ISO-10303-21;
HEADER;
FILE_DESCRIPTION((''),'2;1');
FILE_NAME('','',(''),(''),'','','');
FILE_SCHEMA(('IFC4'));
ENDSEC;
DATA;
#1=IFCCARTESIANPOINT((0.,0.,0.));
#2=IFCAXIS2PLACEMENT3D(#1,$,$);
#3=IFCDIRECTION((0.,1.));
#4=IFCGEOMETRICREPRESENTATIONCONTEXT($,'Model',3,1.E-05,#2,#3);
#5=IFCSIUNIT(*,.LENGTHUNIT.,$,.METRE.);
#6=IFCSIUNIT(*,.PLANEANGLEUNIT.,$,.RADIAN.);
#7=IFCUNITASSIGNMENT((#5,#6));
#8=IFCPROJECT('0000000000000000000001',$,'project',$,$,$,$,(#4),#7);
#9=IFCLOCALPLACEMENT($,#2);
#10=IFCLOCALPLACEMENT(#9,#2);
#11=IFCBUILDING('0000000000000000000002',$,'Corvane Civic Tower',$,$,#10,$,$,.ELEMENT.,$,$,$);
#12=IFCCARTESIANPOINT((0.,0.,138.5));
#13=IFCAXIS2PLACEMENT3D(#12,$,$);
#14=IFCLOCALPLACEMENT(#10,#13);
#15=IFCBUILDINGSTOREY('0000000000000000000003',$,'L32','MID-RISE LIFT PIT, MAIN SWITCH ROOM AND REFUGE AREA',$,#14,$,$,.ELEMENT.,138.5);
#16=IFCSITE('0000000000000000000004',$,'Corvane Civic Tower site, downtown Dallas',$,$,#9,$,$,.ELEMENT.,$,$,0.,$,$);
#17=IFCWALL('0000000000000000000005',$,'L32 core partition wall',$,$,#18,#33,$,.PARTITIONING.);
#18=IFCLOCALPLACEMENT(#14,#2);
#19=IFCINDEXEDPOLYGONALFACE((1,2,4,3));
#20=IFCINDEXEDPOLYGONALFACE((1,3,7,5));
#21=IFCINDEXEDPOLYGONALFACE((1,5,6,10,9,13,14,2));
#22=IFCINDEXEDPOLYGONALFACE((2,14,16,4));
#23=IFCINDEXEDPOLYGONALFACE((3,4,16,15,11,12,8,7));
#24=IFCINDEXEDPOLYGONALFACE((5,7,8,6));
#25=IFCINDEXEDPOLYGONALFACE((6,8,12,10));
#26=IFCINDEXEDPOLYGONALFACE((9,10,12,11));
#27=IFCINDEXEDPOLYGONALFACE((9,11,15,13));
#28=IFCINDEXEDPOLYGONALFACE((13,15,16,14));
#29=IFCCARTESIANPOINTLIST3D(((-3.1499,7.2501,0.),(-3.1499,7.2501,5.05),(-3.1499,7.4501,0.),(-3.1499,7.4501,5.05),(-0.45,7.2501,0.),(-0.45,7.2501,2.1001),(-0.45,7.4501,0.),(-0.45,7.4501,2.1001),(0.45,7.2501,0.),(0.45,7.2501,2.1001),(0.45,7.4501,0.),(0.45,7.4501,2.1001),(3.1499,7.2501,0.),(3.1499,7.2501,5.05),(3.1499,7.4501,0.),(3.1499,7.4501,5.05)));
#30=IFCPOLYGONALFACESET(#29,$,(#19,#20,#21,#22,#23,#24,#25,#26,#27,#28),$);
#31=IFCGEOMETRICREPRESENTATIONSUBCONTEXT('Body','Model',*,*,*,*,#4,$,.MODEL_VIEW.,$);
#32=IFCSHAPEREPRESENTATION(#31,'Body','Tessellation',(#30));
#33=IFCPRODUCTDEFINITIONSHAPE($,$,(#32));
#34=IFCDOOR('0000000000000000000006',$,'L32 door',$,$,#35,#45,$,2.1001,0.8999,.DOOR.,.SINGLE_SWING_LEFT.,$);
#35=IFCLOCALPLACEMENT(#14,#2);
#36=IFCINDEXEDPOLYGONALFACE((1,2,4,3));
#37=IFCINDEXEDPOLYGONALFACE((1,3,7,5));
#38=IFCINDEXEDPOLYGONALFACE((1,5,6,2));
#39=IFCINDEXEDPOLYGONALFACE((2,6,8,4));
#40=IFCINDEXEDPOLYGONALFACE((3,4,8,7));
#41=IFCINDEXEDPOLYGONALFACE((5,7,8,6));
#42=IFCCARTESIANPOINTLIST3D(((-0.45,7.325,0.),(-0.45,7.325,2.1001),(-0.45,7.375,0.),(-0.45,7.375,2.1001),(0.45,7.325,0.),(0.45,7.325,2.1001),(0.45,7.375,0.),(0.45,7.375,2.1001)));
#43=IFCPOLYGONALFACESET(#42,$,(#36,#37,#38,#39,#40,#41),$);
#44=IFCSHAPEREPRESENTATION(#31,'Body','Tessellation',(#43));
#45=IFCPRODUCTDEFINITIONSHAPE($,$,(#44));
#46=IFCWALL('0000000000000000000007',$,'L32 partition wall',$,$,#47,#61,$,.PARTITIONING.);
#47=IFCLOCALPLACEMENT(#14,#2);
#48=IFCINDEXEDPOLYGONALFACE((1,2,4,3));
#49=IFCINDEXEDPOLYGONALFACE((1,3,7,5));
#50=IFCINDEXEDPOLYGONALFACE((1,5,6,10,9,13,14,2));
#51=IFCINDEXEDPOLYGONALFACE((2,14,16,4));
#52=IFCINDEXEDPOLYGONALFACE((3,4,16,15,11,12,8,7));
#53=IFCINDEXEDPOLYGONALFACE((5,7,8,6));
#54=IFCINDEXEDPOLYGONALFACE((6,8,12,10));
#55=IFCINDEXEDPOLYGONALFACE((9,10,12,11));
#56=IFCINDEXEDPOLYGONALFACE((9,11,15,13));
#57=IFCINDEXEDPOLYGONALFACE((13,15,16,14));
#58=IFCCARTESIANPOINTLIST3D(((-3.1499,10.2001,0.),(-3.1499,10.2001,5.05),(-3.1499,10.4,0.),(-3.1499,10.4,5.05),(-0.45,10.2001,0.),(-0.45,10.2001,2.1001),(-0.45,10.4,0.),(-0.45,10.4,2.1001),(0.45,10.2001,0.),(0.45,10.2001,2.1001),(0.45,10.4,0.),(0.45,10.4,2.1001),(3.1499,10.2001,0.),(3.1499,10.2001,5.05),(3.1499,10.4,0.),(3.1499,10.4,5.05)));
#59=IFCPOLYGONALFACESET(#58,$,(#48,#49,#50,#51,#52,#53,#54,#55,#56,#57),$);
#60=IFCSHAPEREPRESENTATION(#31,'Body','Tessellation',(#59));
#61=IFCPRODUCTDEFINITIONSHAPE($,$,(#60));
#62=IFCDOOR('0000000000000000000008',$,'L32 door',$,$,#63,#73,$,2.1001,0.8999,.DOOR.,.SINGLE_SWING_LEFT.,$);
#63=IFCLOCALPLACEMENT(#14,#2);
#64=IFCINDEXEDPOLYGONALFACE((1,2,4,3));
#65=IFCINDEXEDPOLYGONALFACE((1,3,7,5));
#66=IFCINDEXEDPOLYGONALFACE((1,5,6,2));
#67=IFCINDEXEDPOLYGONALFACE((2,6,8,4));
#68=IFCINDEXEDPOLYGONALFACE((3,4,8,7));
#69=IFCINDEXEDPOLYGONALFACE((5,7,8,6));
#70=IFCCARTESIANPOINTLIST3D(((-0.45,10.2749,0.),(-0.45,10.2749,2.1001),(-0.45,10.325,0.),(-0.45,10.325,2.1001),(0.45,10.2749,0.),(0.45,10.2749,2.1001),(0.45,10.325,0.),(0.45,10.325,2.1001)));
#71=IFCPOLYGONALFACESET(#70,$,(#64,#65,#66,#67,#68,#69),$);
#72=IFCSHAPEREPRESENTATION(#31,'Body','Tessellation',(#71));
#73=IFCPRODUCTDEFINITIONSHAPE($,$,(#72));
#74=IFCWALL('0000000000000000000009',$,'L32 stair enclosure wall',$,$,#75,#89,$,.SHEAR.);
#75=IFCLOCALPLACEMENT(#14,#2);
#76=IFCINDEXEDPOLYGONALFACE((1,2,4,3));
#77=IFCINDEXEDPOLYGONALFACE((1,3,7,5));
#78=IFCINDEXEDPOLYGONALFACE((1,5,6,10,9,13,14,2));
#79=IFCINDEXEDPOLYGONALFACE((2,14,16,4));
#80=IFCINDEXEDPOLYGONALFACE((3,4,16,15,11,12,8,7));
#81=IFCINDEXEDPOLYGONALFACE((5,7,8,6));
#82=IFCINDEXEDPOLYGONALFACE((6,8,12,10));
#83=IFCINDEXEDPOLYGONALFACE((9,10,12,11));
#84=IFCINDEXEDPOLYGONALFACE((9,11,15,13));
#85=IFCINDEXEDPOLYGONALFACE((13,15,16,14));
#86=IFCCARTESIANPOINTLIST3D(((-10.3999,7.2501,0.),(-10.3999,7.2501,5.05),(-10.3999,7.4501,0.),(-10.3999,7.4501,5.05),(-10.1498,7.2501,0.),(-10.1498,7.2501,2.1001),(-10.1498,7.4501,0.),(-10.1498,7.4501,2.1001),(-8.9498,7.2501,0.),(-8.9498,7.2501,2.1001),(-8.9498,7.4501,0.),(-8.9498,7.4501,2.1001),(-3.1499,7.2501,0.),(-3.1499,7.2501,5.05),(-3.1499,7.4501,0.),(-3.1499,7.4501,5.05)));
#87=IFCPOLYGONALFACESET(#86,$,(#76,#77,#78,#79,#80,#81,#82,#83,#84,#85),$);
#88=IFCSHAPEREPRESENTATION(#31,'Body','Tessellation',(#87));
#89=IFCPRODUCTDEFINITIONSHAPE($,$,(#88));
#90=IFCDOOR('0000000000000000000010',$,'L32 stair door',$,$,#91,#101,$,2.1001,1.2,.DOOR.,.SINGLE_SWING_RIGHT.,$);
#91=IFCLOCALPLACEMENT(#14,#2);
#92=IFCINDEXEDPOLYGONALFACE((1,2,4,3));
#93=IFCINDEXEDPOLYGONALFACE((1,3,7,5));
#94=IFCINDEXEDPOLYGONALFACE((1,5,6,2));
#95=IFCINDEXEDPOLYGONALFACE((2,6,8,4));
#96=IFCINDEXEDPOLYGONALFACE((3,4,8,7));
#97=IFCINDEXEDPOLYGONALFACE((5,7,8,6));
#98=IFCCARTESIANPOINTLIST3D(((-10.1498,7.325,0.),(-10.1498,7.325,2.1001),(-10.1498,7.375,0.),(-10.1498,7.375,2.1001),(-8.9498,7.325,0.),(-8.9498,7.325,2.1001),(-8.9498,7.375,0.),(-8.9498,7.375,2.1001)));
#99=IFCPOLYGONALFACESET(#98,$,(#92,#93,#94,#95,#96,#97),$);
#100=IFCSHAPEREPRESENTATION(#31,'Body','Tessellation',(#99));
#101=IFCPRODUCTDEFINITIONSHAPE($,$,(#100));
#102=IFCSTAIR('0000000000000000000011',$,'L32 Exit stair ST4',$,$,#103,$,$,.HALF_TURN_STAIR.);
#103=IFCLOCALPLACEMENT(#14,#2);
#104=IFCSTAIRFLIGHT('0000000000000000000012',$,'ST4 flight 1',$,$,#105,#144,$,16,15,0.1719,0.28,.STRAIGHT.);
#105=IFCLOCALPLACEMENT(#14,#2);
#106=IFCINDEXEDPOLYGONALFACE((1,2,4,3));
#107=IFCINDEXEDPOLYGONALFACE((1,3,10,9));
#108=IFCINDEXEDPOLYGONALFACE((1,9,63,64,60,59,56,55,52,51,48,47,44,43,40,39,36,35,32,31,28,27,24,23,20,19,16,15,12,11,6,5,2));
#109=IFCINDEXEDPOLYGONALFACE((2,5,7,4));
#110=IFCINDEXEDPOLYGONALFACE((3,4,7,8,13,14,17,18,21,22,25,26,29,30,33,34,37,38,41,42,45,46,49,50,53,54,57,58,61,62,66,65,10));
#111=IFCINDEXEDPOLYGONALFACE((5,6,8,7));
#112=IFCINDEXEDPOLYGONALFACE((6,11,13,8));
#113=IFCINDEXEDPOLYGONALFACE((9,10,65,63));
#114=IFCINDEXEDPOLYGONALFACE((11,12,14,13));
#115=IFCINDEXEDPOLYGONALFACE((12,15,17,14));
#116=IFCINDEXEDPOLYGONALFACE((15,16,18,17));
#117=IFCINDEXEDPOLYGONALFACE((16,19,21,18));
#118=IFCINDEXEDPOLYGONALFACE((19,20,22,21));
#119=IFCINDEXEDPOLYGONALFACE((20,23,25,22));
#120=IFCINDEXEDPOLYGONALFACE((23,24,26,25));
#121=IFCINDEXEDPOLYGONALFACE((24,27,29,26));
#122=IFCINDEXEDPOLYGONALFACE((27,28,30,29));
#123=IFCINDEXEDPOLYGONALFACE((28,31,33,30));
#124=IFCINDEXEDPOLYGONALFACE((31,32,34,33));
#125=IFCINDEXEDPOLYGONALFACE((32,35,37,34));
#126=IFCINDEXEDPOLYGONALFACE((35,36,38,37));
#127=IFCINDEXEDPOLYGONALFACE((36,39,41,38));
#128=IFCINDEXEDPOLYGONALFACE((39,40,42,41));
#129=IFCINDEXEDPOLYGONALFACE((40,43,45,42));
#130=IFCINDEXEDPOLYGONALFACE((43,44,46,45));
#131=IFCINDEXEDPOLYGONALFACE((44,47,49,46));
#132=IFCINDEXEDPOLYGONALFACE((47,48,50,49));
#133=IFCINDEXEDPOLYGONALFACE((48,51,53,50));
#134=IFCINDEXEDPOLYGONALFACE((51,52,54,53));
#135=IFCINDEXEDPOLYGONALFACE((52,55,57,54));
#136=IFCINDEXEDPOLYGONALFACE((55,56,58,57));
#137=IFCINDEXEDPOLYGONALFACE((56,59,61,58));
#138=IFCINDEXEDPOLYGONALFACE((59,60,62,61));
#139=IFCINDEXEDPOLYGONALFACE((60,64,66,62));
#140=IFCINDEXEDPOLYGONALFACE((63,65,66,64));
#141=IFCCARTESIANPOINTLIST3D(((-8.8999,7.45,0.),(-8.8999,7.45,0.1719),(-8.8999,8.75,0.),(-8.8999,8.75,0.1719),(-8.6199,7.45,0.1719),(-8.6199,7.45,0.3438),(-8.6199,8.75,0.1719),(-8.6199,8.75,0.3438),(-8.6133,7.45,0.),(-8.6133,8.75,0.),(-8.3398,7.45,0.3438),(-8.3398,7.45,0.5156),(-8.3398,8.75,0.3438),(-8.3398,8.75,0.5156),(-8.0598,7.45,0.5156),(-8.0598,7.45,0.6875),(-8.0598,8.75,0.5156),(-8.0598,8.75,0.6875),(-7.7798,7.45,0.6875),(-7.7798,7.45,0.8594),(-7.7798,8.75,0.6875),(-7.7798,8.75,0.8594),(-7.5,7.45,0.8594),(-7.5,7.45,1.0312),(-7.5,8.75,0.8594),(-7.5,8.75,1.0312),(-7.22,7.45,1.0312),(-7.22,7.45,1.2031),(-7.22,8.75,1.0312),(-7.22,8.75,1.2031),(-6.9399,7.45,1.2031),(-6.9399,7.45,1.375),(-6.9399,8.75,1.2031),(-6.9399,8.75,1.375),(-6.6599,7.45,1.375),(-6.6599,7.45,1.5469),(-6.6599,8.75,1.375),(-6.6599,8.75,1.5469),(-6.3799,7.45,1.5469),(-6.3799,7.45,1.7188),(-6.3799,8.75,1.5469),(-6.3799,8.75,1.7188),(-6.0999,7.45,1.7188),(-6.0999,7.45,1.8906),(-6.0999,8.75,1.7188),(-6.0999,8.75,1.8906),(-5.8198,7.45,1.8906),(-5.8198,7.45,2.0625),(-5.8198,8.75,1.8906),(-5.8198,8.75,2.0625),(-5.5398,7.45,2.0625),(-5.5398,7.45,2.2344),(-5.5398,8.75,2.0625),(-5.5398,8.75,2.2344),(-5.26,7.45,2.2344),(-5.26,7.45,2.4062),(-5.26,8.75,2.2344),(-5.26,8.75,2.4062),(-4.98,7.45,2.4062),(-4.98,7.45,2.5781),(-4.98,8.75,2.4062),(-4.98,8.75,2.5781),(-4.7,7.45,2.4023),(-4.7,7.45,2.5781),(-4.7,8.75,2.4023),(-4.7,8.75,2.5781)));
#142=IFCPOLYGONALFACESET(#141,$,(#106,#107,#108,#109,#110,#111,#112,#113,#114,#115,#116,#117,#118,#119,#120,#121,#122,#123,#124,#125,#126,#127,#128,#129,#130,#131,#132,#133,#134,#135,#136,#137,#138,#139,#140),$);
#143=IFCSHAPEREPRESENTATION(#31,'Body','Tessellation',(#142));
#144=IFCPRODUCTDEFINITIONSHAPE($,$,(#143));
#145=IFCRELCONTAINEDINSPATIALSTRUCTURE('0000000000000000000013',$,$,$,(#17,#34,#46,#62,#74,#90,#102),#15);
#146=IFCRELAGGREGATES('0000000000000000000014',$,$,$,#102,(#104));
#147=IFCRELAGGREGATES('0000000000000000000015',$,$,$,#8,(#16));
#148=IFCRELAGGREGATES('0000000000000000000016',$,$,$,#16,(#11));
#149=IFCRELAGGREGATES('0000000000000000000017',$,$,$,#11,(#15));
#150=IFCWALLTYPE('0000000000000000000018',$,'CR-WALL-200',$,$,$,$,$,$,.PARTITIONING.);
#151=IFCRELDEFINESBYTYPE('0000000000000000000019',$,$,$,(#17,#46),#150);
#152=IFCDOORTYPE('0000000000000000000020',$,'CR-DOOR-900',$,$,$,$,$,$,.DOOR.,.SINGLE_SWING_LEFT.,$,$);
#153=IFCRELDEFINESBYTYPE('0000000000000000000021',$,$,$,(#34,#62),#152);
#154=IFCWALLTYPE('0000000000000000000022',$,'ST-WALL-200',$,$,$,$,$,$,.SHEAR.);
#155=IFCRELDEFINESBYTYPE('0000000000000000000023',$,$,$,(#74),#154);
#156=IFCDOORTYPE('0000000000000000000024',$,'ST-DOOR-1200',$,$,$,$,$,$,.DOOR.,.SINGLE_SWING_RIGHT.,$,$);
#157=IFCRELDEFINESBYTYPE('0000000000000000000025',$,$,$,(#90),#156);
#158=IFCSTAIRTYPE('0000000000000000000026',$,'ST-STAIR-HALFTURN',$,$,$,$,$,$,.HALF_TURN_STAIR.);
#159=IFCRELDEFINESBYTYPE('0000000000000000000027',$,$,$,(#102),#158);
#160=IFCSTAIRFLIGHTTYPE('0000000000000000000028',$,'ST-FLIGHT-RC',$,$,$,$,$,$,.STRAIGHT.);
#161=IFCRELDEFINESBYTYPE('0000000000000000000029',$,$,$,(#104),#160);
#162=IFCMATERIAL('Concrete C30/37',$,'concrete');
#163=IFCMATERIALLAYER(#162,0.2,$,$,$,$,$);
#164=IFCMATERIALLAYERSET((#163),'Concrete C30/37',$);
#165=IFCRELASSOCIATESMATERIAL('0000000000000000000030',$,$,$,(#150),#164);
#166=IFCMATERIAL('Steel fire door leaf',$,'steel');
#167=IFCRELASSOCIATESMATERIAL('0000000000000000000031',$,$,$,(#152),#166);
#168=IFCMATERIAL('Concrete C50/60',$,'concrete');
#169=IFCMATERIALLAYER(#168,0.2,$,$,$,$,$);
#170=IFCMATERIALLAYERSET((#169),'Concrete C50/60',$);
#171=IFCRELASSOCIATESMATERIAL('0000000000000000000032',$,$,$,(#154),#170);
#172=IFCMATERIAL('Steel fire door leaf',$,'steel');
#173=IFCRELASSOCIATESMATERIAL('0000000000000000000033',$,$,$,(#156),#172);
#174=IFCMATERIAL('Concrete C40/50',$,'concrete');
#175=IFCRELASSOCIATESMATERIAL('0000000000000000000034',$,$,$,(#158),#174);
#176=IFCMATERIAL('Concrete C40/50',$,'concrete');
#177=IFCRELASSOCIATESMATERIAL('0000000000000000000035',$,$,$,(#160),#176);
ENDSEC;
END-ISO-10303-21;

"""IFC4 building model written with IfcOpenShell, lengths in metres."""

from ifc_helpers import new_model, si_unit, direction, frame, frame_2d, origin, place, context, subcontext, project, spatial, polyline, rectangle, outline, extrude, material, layer, layer_set, type_object, element, fill, aggregate, save


model = new_model("IFC4")

# Units and contexts
model_context = context("Model", 3, precision=1e-05, world=origin(), true_north=direction((0.0, 1.0)))
body_context = subcontext(model_context, "Body", "Model", "MODEL_VIEW")
ifc_project = project(units=[si_unit("LENGTHUNIT", "METRE"), si_unit("PLANEANGLEUNIT", "RADIAN")], contexts=[model_context])

# Site, building, storey
site_placement = place(None, origin())
site = spatial("IfcSite", under=ifc_project, at=site_placement, Name="Corvane Civic Tower site, downtown Dallas", CompositionType="ELEMENT", RefElevation=0.0)
building_placement = place(site_placement, origin())
building = spatial("IfcBuilding", under=site, at=building_placement, Name="Corvane Civic Tower", CompositionType="ELEMENT")
storey_placement = place(building_placement, frame((0.0, 0.0, 138.5)))
storey = spatial("IfcBuildingStorey", under=building, at=storey_placement, Name="L32", Description="MID-RISE LIFT PIT, MAIN SWITCH ROOM AND REFUGE AREA", CompositionType="ELEMENT", Elevation=138.5)

# Shared definitions
ifc_material_1 = material(Name="Concrete C30/37", Category="concrete")
ifc_layer_1 = layer(ifc_material_1, 0.2)
ifc_layer_set_1 = layer_set([ifc_layer_1], Name="Concrete C30/37")
wall_type_1 = type_object("IfcWallType", Name="CR-WALL-200", PredefinedType="PARTITIONING", material=ifc_layer_set_1)
ifc_material_2 = material(Name="Steel fire door leaf", Category="steel")
door_type_1 = type_object("IfcDoorType", Name="CR-DOOR-900", OperationType="SINGLE_SWING_LEFT", PredefinedType="DOOR", material=ifc_material_2)

# Walls, openings, doors
wall_1_placement = place(storey_placement, frame((-3.1499, 7.3501, 0.0), z_axis=(0.0, 0.0, 1.0), x_axis=(1.0, 0.0, 0.0)))
wall_1 = element("IfcWall", 1, at=wall_1_placement, inside=storey, type_object=wall_type_1, Name="L32 core partition wall", PredefinedType="PARTITIONING", context=body_context, shape_type="SweptSolid", body=[
    extrude(rectangle(XDim=6.2998, YDim=0.2, at=frame_2d((3.1499, 0.0))), origin(), (0.0, 0.0, 1.0), 5.05),
])
opening_1_placement = place(wall_1_placement, frame((2.7, 0.0, 0.0)))
opening_1 = element("IfcOpeningElement", 2, at=opening_1_placement, cuts=wall_1, PredefinedType="OPENING", context=body_context, shape_type="SweptSolid", body=[
    extrude(rectangle(XDim=0.8999, YDim=2.1001, at=frame_2d((0.45, 1.05))), frame((0.0, 0.1099, 0.0), z_axis=(0.0, -1.0, 0.0), x_axis=(1.0, 0.0, 0.0)), (0.0, 0.0, 1.0), 0.22),
])
door_1_placement = place(opening_1_placement, origin())
door_1 = element("IfcDoor", 3, at=door_1_placement, inside=storey, type_object=door_type_1, Name="L32 door", OperationType="SINGLE_SWING_LEFT", OverallHeight=2.1001, OverallWidth=0.8999, PredefinedType="DOOR", context=body_context, shape_type="SweptSolid", body=[
    extrude(rectangle(XDim=0.8999, YDim=2.1001, at=frame_2d((0.45, 1.05))), frame((0.0, 0.0249, 0.0), z_axis=(0.0, -1.0, 0.0), x_axis=(1.0, 0.0, 0.0)), (0.0, 0.0, 1.0), 0.05),
])
fill(opening_1, door_1)
wall_2_placement = place(storey_placement, frame((-3.1499, 10.3, 0.0), z_axis=(0.0, 0.0, 1.0), x_axis=(1.0, 0.0, 0.0)))
wall_2 = element("IfcWall", 4, at=wall_2_placement, inside=storey, type_object=wall_type_1, Name="L32 partition wall", PredefinedType="PARTITIONING", context=body_context, shape_type="SweptSolid", body=[
    extrude(rectangle(XDim=6.2998, YDim=0.2, at=frame_2d((3.1499, 0.0))), origin(), (0.0, 0.0, 1.0), 5.05),
])
opening_2_placement = place(wall_2_placement, frame((2.7, 0.0, 0.0)))
opening_2 = element("IfcOpeningElement", 5, at=opening_2_placement, cuts=wall_2, PredefinedType="OPENING", context=body_context, shape_type="SweptSolid", body=[
    extrude(rectangle(XDim=0.8999, YDim=2.1001, at=frame_2d((0.45, 1.05))), frame((0.0, 0.1099, 0.0), z_axis=(0.0, -1.0, 0.0), x_axis=(1.0, 0.0, 0.0)), (0.0, 0.0, 1.0), 0.22),
])
door_2_placement = place(opening_2_placement, origin())
door_2 = element("IfcDoor", 6, at=door_2_placement, inside=storey, type_object=door_type_1, Name="L32 door", OperationType="SINGLE_SWING_LEFT", OverallHeight=2.1001, OverallWidth=0.8999, PredefinedType="DOOR", context=body_context, shape_type="SweptSolid", body=[
    extrude(rectangle(XDim=0.8999, YDim=2.1001, at=frame_2d((0.45, 1.05))), frame((0.0, 0.0249, 0.0), z_axis=(0.0, -1.0, 0.0), x_axis=(1.0, 0.0, 0.0)), (0.0, 0.0, 1.0), 0.05),
])
fill(opening_2, door_2)
ifc_material_3 = material(Name="Concrete C50/60", Category="concrete")
ifc_layer_2 = layer(ifc_material_3, 0.2)
ifc_layer_set_2 = layer_set([ifc_layer_2], Name="Concrete C50/60")
wall_type_2 = type_object("IfcWallType", Name="ST-WALL-200", PredefinedType="SHEAR", material=ifc_layer_set_2)
wall_3_placement = place(storey_placement, frame((-10.3999, 7.3501, 0.0), z_axis=(0.0, 0.0, 1.0), x_axis=(1.0, 0.0, 0.0)))
wall_3 = element("IfcWall", 7, at=wall_3_placement, inside=storey, type_object=wall_type_2, Name="L32 stair enclosure wall", PredefinedType="SHEAR", context=body_context, shape_type="SweptSolid", body=[
    extrude(rectangle(XDim=7.25, YDim=0.2, at=frame_2d((3.625, 0.0))), origin(), (0.0, 0.0, 1.0), 5.05),
])
opening_3_placement = place(wall_3_placement, frame((0.25, 0.0, 0.0)))
opening_3 = element("IfcOpeningElement", 8, at=opening_3_placement, cuts=wall_3, PredefinedType="OPENING", context=body_context, shape_type="SweptSolid", body=[
    extrude(rectangle(XDim=1.2, YDim=2.1001, at=frame_2d((0.6001, 1.05))), frame((0.0, 0.1099, 0.0), z_axis=(0.0, -1.0, 0.0), x_axis=(1.0, 0.0, 0.0)), (0.0, 0.0, 1.0), 0.22),
])
ifc_material_4 = material(Name="Steel fire door leaf", Category="steel")
door_type_2 = type_object("IfcDoorType", Name="ST-DOOR-1200", OperationType="SINGLE_SWING_RIGHT", PredefinedType="DOOR", material=ifc_material_4)
door_3_placement = place(opening_3_placement, origin())
door_3 = element("IfcDoor", 9, at=door_3_placement, inside=storey, type_object=door_type_2, Name="L32 stair door", OperationType="SINGLE_SWING_RIGHT", OverallHeight=2.1001, OverallWidth=1.2, PredefinedType="DOOR", context=body_context, shape_type="SweptSolid", body=[
    extrude(rectangle(XDim=1.2, YDim=2.1001, at=frame_2d((0.6001, 1.05))), frame((0.0, 0.0249, 0.0), z_axis=(0.0, -1.0, 0.0), x_axis=(1.0, 0.0, 0.0)), (0.0, 0.0, 1.0), 0.05),
])
fill(opening_3, door_3)

# Stair, stair flight
ifc_material_5 = material(Name="Concrete C40/50", Category="concrete")
stair_type = type_object("IfcStairType", Name="ST-STAIR-HALFTURN", PredefinedType="HALF_TURN_STAIR", material=ifc_material_5)
stair_placement = place(storey_placement, origin())
stair = element("IfcStair", 10, at=stair_placement, inside=storey, type_object=stair_type, Name="L32 Exit stair ST4", PredefinedType="HALF_TURN_STAIR")
ifc_material_6 = material(Name="Concrete C40/50", Category="concrete")
stair_flight_type = type_object("IfcStairFlightType", Name="ST-FLIGHT-RC", PredefinedType="STRAIGHT", material=ifc_material_6)
stair_flight_1_placement = place(storey_placement, frame((-8.8999, 8.1001, 0.0), z_axis=(0.0, 0.0, 1.0), x_axis=(1.0, 0.0, 0.0)))
stair_flight_1 = element("IfcStairFlight", 11, at=stair_flight_1_placement, type_object=stair_flight_type, Name="ST4 flight 1", NumberOfRisers=16, NumberOfTreads=15, PredefinedType="STRAIGHT", RiserHeight=0.1719, TreadLength=0.28, context=body_context, shape_type="SweptSolid", body=[
    extrude(outline(polyline([(0.0, 0.0), (0.0, 0.1719), (0.28, 0.1719), (0.28, 0.3438), (0.5601, 0.3438), (0.5601, 0.5156), (0.8401, 0.5156), (0.8401, 0.6875), (1.1201, 0.6875), (1.1201, 0.8594), (1.3999, 0.8594), (1.3999, 1.0312), (1.6799, 1.0312), (1.6799, 1.2031), (1.96, 1.2031), (1.96, 1.375), (2.24, 1.375), (2.24, 1.5469), (2.52, 1.5469), (2.52, 1.7188), (2.8, 1.7188), (2.8, 1.8906), (3.0801, 1.8906), (3.0801, 2.0625), (3.3601, 2.0625), (3.3601, 2.2344), (3.6399, 2.2344), (3.6399, 2.4062), (3.9199, 2.4062), (3.9199, 2.5781), (4.2, 2.5781), (4.2, 2.75), (4.2, 2.4023), (0.2866, 0.0), (0.0, 0.0)])), frame((0.0, 0.6499, 0.0), z_axis=(0.0, -1.0, 0.0), x_axis=(1.0, 0.0, 0.0)), (0.0, 0.0, 1.0), 1.3),
])
aggregate(stair, [stair_flight_1])

save(model, "model.ifc")
